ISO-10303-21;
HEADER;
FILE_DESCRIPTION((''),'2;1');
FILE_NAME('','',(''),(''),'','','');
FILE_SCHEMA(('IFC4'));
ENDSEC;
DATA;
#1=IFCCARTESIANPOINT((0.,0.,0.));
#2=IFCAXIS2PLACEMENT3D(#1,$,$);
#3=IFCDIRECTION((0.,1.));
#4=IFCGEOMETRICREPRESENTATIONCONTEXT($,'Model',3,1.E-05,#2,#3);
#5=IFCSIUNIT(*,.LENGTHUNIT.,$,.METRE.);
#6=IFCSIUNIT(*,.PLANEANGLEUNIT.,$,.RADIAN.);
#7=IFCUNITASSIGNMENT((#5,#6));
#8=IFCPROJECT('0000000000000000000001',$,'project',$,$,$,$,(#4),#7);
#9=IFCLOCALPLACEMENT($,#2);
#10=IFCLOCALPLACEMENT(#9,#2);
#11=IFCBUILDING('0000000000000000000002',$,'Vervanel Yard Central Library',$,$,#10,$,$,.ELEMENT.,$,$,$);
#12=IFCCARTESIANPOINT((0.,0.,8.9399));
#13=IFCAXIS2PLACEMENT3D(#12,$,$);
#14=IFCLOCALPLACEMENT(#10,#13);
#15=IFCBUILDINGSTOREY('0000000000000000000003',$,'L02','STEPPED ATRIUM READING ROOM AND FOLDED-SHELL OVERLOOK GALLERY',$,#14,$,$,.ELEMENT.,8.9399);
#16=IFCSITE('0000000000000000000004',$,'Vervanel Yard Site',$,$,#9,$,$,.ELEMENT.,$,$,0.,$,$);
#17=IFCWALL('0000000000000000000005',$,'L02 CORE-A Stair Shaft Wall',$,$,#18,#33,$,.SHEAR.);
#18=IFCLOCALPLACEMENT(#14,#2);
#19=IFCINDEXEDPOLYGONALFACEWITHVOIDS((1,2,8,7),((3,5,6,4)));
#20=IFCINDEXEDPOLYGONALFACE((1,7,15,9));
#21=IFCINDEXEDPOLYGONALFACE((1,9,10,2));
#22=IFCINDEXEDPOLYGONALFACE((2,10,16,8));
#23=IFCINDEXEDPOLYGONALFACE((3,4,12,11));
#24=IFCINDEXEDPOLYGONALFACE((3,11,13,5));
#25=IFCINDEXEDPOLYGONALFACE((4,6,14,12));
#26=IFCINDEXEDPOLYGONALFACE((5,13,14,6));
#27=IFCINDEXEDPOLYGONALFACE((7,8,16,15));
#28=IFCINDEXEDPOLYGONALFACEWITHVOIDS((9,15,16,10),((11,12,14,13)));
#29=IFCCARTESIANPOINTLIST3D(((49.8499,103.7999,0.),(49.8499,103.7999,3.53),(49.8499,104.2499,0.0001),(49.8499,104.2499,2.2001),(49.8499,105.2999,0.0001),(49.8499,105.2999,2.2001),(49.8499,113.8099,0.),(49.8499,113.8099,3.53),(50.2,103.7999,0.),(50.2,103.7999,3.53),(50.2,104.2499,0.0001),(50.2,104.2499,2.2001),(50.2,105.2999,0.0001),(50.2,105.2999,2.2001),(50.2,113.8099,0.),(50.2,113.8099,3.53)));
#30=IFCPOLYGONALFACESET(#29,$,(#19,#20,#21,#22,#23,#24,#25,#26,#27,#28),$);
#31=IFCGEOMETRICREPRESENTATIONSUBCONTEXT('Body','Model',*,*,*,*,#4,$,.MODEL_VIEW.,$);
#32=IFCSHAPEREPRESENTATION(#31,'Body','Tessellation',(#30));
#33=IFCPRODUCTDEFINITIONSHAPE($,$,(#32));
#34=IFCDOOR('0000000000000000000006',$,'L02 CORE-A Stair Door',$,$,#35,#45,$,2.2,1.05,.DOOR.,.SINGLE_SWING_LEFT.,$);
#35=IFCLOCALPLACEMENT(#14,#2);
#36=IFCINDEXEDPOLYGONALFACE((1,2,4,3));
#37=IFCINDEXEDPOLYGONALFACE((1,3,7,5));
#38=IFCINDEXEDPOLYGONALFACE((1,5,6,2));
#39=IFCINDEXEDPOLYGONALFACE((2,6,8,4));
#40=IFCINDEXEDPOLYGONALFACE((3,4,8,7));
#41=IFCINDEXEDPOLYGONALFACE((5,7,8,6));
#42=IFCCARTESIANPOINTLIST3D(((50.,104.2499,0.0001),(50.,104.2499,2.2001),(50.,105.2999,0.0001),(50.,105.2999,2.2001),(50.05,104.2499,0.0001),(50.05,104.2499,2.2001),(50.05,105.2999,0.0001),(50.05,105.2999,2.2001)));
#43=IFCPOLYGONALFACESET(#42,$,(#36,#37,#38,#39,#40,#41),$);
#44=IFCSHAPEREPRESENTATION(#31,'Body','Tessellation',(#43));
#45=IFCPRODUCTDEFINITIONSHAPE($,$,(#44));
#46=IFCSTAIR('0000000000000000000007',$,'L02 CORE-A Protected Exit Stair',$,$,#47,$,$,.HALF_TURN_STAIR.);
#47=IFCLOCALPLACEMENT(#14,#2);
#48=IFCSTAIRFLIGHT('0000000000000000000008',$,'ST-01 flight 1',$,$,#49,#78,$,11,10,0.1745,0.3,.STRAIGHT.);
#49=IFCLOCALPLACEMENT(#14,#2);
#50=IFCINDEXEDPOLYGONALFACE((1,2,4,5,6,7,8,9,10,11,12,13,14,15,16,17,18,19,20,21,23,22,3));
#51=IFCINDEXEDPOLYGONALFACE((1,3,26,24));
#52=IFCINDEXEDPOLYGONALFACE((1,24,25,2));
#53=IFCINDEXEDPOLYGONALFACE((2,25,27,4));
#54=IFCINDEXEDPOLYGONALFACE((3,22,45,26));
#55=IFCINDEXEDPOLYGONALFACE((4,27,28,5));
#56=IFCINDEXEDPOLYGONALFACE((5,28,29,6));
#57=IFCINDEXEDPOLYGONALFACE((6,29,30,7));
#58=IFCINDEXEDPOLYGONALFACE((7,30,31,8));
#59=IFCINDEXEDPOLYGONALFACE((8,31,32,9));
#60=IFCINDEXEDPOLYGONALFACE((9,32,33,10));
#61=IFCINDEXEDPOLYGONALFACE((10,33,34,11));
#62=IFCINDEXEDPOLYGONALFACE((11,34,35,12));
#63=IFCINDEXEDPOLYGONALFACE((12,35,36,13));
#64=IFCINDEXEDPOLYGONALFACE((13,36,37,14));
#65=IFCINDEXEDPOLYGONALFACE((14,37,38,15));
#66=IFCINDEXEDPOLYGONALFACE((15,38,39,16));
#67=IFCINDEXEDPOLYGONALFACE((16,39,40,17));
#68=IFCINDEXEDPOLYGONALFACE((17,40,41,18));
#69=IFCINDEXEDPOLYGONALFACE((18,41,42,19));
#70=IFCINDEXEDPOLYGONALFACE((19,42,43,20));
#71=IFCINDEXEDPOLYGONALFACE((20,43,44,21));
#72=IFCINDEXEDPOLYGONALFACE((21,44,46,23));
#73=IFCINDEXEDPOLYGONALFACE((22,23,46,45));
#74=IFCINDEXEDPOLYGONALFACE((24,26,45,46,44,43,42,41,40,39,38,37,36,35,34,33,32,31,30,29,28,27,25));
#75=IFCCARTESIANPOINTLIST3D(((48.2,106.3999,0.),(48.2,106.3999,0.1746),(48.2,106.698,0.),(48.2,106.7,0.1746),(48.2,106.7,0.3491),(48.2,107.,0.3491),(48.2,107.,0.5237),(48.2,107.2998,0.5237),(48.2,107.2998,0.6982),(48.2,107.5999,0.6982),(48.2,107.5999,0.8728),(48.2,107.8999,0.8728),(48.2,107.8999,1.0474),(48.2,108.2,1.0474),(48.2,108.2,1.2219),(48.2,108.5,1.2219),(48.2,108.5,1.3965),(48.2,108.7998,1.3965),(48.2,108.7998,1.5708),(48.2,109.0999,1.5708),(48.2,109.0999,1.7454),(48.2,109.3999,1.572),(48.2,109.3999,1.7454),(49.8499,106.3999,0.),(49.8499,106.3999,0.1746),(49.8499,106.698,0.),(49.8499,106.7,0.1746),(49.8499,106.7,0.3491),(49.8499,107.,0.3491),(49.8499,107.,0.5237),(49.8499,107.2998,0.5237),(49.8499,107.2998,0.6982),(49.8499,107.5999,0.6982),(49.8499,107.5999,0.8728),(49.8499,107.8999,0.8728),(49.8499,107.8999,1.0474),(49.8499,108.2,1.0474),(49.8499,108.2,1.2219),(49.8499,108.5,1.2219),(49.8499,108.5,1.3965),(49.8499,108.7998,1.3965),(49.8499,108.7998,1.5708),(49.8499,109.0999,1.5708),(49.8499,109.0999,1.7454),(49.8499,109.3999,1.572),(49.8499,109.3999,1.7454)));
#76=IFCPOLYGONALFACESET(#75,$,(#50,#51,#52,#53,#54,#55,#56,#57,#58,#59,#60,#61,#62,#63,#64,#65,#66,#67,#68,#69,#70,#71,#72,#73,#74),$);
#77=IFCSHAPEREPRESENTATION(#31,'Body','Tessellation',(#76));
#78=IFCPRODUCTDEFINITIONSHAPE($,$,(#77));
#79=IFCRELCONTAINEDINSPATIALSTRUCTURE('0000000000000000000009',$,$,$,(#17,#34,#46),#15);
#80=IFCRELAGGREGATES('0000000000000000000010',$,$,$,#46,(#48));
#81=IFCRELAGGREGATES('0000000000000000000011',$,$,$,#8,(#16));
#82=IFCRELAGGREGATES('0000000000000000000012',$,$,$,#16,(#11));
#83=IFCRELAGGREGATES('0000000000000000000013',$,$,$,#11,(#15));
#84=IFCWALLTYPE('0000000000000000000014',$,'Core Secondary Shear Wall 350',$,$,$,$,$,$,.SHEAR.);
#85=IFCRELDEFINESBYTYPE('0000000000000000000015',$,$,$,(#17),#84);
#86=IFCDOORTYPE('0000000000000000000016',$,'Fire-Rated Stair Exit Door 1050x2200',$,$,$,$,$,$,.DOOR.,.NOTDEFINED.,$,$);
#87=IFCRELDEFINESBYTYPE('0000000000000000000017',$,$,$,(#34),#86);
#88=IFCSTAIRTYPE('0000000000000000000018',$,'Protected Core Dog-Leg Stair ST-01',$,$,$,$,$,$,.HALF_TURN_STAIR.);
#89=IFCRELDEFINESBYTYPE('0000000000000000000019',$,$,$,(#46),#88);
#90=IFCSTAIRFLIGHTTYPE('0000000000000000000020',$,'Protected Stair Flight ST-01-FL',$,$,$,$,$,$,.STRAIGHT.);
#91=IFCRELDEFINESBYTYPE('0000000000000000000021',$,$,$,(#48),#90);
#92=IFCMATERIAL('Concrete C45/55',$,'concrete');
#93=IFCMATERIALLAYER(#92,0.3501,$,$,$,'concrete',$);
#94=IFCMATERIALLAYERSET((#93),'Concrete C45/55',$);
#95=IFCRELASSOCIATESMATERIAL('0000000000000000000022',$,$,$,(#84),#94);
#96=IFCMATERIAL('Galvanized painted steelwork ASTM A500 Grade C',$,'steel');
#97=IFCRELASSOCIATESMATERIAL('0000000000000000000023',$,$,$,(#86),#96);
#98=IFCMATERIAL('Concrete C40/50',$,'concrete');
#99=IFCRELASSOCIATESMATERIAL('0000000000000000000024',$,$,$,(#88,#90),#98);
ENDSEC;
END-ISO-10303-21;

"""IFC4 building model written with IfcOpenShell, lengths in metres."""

from ifc_helpers import new_model, si_unit, direction, frame, frame_2d, origin, place, context, subcontext, project, spatial, polyline, rectangle, outline, extrude, material, layer, layer_set, type_object, element, fill, aggregate, save


model = new_model("IFC4")

# Units and contexts
model_context = context("Model", 3, precision=1e-05, world=origin(), true_north=direction((0.0, 1.0)))
body_context = subcontext(model_context, "Body", "Model", "MODEL_VIEW")
ifc_project = project(units=[si_unit("LENGTHUNIT", "METRE"), si_unit("PLANEANGLEUNIT", "RADIAN")], contexts=[model_context])

# Site, building, storey
site_placement = place(None, origin())
site = spatial("IfcSite", under=ifc_project, at=site_placement, Name="Vervanel Yard Site", CompositionType="ELEMENT", RefElevation=0.0)
building_placement = place(site_placement, origin())
building = spatial("IfcBuilding", under=site, at=building_placement, Name="Vervanel Yard Central Library", CompositionType="ELEMENT")
storey_placement = place(building_placement, frame((0.0, 0.0, 8.9399)))
storey = spatial("IfcBuildingStorey", under=building, at=storey_placement, Name="L02", Description="STEPPED ATRIUM READING ROOM AND FOLDED-SHELL OVERLOOK GALLERY", CompositionType="ELEMENT", Elevation=8.9399)

# Shared definitions
ifc_material_1 = material(Name="Concrete C40/50", Category="concrete")

# Shared definitions
ifc_material_2 = material(Name="Concrete C45/55", Category="concrete")

# Shared definitions
ifc_material_3 = material(Name="Galvanized painted steelwork ASTM A500 Grade C", Category="steel")

# Wall, opening, door
ifc_layer_1 = layer(ifc_material_2, 0.3501, Category="concrete")
ifc_layer_set_1 = layer_set([ifc_layer_1], Name="Concrete C45/55")
wall_type_1 = type_object("IfcWallType", Name="Core Secondary Shear Wall 350", PredefinedType="SHEAR", material=ifc_layer_set_1)
wall_1_placement = place(storey_placement, frame((50.0249, 103.8, 0.0), z_axis=(0.0, 0.0, 1.0), x_axis=(0.0, 1.0, 0.0)))
wall_1 = element("IfcWall", 1, at=wall_1_placement, inside=storey, type_object=wall_type_1, Name="L02 CORE-A Stair Shaft Wall", PredefinedType="SHEAR", context=body_context, shape_type="SweptSolid", body=[
    extrude(rectangle(XDim=10.01, YDim=0.3501, at=frame_2d((5.0049, 0.0))), origin(), (0.0, 0.0, 1.0), 3.53),
])
opening_1_placement = place(wall_1_placement, frame((0.45, 0.0, 0.0)))
opening_1 = element("IfcOpeningElement", 2, at=opening_1_placement, cuts=wall_1, PredefinedType="OPENING", context=body_context, shape_type="SweptSolid", body=[
    extrude(rectangle(XDim=1.05, YDim=2.2, at=frame_2d((0.5249, 1.1001))), frame((0.0, 0.1851, 0.0), z_axis=(0.0, -1.0, 0.0), x_axis=(1.0, 0.0, 0.0)), (0.0, 0.0, 1.0), 0.3701),
])
door_type_1 = type_object("IfcDoorType", Name="Fire-Rated Stair Exit Door 1050x2200", OperationType="NOTDEFINED", PredefinedType="DOOR", material=ifc_material_3)
door_1_placement = place(opening_1_placement, origin())
door_1 = element("IfcDoor", 3, at=door_1_placement, inside=storey, type_object=door_type_1, Name="L02 CORE-A Stair Door", OperationType="SINGLE_SWING_LEFT", OverallHeight=2.2, OverallWidth=1.05, PredefinedType="DOOR", context=body_context, shape_type="SweptSolid", body=[
    extrude(rectangle(XDim=1.05, YDim=2.2, at=frame_2d((0.5249, 1.1001))), frame((0.0, 0.0249, 0.0), z_axis=(0.0, -1.0, 0.0), x_axis=(1.0, 0.0, 0.0)), (0.0, 0.0, 1.0), 0.05),
])
fill(opening_1, door_1)

# Stair, stair flight
stair_type = type_object("IfcStairType", Name="Protected Core Dog-Leg Stair ST-01", PredefinedType="HALF_TURN_STAIR", material=ifc_material_1)
stair_placement = place(storey_placement, origin())
stair = element("IfcStair", 4, at=stair_placement, inside=storey, type_object=stair_type, Name="L02 CORE-A Protected Exit Stair", PredefinedType="HALF_TURN_STAIR")
stair_flight_type = type_object("IfcStairFlightType", Name="Protected Stair Flight ST-01-FL", PredefinedType="STRAIGHT", material=ifc_material_1)
stair_flight_placement = place(storey_placement, frame((49.0249, 106.3999, 0.0), z_axis=(0.0, 0.0, 1.0), x_axis=(0.0, 1.0, 0.0)))
stair_flight = element("IfcStairFlight", 5, at=stair_flight_placement, type_object=stair_flight_type, Name="ST-01 flight 1", NumberOfRisers=11, NumberOfTreads=10, PredefinedType="STRAIGHT", RiserHeight=0.1745, TreadLength=0.3, context=body_context, shape_type="SweptSolid", body=[
    extrude(outline(polyline([(0.0, 0.0), (0.0, 0.1746), (0.3, 0.1746), (0.3, 0.3491), (0.6001, 0.3491), (0.6001, 0.5237), (0.8999, 0.5237), (0.8999, 0.6982), (1.2, 0.6982), (1.2, 0.8728), (1.5, 0.8728), (1.5, 1.0474), (1.8, 1.0474), (1.8, 1.2219), (2.1001, 1.2219), (2.1001, 1.3965), (2.3999, 1.3965), (2.3999, 1.5708), (2.7, 1.5708), (2.7, 1.7454), (3.0, 1.7454), (3.0, 1.9199), (3.0, 1.572), (0.2981, 0.0), (0.0, 0.0)])), frame((0.0, 0.825, 0.0), z_axis=(0.0, -1.0, 0.0), x_axis=(1.0, 0.0, 0.0)), (0.0, 0.0, 1.0), 1.6499),
])
aggregate(stair, [stair_flight])

save(model, "model.ifc")
